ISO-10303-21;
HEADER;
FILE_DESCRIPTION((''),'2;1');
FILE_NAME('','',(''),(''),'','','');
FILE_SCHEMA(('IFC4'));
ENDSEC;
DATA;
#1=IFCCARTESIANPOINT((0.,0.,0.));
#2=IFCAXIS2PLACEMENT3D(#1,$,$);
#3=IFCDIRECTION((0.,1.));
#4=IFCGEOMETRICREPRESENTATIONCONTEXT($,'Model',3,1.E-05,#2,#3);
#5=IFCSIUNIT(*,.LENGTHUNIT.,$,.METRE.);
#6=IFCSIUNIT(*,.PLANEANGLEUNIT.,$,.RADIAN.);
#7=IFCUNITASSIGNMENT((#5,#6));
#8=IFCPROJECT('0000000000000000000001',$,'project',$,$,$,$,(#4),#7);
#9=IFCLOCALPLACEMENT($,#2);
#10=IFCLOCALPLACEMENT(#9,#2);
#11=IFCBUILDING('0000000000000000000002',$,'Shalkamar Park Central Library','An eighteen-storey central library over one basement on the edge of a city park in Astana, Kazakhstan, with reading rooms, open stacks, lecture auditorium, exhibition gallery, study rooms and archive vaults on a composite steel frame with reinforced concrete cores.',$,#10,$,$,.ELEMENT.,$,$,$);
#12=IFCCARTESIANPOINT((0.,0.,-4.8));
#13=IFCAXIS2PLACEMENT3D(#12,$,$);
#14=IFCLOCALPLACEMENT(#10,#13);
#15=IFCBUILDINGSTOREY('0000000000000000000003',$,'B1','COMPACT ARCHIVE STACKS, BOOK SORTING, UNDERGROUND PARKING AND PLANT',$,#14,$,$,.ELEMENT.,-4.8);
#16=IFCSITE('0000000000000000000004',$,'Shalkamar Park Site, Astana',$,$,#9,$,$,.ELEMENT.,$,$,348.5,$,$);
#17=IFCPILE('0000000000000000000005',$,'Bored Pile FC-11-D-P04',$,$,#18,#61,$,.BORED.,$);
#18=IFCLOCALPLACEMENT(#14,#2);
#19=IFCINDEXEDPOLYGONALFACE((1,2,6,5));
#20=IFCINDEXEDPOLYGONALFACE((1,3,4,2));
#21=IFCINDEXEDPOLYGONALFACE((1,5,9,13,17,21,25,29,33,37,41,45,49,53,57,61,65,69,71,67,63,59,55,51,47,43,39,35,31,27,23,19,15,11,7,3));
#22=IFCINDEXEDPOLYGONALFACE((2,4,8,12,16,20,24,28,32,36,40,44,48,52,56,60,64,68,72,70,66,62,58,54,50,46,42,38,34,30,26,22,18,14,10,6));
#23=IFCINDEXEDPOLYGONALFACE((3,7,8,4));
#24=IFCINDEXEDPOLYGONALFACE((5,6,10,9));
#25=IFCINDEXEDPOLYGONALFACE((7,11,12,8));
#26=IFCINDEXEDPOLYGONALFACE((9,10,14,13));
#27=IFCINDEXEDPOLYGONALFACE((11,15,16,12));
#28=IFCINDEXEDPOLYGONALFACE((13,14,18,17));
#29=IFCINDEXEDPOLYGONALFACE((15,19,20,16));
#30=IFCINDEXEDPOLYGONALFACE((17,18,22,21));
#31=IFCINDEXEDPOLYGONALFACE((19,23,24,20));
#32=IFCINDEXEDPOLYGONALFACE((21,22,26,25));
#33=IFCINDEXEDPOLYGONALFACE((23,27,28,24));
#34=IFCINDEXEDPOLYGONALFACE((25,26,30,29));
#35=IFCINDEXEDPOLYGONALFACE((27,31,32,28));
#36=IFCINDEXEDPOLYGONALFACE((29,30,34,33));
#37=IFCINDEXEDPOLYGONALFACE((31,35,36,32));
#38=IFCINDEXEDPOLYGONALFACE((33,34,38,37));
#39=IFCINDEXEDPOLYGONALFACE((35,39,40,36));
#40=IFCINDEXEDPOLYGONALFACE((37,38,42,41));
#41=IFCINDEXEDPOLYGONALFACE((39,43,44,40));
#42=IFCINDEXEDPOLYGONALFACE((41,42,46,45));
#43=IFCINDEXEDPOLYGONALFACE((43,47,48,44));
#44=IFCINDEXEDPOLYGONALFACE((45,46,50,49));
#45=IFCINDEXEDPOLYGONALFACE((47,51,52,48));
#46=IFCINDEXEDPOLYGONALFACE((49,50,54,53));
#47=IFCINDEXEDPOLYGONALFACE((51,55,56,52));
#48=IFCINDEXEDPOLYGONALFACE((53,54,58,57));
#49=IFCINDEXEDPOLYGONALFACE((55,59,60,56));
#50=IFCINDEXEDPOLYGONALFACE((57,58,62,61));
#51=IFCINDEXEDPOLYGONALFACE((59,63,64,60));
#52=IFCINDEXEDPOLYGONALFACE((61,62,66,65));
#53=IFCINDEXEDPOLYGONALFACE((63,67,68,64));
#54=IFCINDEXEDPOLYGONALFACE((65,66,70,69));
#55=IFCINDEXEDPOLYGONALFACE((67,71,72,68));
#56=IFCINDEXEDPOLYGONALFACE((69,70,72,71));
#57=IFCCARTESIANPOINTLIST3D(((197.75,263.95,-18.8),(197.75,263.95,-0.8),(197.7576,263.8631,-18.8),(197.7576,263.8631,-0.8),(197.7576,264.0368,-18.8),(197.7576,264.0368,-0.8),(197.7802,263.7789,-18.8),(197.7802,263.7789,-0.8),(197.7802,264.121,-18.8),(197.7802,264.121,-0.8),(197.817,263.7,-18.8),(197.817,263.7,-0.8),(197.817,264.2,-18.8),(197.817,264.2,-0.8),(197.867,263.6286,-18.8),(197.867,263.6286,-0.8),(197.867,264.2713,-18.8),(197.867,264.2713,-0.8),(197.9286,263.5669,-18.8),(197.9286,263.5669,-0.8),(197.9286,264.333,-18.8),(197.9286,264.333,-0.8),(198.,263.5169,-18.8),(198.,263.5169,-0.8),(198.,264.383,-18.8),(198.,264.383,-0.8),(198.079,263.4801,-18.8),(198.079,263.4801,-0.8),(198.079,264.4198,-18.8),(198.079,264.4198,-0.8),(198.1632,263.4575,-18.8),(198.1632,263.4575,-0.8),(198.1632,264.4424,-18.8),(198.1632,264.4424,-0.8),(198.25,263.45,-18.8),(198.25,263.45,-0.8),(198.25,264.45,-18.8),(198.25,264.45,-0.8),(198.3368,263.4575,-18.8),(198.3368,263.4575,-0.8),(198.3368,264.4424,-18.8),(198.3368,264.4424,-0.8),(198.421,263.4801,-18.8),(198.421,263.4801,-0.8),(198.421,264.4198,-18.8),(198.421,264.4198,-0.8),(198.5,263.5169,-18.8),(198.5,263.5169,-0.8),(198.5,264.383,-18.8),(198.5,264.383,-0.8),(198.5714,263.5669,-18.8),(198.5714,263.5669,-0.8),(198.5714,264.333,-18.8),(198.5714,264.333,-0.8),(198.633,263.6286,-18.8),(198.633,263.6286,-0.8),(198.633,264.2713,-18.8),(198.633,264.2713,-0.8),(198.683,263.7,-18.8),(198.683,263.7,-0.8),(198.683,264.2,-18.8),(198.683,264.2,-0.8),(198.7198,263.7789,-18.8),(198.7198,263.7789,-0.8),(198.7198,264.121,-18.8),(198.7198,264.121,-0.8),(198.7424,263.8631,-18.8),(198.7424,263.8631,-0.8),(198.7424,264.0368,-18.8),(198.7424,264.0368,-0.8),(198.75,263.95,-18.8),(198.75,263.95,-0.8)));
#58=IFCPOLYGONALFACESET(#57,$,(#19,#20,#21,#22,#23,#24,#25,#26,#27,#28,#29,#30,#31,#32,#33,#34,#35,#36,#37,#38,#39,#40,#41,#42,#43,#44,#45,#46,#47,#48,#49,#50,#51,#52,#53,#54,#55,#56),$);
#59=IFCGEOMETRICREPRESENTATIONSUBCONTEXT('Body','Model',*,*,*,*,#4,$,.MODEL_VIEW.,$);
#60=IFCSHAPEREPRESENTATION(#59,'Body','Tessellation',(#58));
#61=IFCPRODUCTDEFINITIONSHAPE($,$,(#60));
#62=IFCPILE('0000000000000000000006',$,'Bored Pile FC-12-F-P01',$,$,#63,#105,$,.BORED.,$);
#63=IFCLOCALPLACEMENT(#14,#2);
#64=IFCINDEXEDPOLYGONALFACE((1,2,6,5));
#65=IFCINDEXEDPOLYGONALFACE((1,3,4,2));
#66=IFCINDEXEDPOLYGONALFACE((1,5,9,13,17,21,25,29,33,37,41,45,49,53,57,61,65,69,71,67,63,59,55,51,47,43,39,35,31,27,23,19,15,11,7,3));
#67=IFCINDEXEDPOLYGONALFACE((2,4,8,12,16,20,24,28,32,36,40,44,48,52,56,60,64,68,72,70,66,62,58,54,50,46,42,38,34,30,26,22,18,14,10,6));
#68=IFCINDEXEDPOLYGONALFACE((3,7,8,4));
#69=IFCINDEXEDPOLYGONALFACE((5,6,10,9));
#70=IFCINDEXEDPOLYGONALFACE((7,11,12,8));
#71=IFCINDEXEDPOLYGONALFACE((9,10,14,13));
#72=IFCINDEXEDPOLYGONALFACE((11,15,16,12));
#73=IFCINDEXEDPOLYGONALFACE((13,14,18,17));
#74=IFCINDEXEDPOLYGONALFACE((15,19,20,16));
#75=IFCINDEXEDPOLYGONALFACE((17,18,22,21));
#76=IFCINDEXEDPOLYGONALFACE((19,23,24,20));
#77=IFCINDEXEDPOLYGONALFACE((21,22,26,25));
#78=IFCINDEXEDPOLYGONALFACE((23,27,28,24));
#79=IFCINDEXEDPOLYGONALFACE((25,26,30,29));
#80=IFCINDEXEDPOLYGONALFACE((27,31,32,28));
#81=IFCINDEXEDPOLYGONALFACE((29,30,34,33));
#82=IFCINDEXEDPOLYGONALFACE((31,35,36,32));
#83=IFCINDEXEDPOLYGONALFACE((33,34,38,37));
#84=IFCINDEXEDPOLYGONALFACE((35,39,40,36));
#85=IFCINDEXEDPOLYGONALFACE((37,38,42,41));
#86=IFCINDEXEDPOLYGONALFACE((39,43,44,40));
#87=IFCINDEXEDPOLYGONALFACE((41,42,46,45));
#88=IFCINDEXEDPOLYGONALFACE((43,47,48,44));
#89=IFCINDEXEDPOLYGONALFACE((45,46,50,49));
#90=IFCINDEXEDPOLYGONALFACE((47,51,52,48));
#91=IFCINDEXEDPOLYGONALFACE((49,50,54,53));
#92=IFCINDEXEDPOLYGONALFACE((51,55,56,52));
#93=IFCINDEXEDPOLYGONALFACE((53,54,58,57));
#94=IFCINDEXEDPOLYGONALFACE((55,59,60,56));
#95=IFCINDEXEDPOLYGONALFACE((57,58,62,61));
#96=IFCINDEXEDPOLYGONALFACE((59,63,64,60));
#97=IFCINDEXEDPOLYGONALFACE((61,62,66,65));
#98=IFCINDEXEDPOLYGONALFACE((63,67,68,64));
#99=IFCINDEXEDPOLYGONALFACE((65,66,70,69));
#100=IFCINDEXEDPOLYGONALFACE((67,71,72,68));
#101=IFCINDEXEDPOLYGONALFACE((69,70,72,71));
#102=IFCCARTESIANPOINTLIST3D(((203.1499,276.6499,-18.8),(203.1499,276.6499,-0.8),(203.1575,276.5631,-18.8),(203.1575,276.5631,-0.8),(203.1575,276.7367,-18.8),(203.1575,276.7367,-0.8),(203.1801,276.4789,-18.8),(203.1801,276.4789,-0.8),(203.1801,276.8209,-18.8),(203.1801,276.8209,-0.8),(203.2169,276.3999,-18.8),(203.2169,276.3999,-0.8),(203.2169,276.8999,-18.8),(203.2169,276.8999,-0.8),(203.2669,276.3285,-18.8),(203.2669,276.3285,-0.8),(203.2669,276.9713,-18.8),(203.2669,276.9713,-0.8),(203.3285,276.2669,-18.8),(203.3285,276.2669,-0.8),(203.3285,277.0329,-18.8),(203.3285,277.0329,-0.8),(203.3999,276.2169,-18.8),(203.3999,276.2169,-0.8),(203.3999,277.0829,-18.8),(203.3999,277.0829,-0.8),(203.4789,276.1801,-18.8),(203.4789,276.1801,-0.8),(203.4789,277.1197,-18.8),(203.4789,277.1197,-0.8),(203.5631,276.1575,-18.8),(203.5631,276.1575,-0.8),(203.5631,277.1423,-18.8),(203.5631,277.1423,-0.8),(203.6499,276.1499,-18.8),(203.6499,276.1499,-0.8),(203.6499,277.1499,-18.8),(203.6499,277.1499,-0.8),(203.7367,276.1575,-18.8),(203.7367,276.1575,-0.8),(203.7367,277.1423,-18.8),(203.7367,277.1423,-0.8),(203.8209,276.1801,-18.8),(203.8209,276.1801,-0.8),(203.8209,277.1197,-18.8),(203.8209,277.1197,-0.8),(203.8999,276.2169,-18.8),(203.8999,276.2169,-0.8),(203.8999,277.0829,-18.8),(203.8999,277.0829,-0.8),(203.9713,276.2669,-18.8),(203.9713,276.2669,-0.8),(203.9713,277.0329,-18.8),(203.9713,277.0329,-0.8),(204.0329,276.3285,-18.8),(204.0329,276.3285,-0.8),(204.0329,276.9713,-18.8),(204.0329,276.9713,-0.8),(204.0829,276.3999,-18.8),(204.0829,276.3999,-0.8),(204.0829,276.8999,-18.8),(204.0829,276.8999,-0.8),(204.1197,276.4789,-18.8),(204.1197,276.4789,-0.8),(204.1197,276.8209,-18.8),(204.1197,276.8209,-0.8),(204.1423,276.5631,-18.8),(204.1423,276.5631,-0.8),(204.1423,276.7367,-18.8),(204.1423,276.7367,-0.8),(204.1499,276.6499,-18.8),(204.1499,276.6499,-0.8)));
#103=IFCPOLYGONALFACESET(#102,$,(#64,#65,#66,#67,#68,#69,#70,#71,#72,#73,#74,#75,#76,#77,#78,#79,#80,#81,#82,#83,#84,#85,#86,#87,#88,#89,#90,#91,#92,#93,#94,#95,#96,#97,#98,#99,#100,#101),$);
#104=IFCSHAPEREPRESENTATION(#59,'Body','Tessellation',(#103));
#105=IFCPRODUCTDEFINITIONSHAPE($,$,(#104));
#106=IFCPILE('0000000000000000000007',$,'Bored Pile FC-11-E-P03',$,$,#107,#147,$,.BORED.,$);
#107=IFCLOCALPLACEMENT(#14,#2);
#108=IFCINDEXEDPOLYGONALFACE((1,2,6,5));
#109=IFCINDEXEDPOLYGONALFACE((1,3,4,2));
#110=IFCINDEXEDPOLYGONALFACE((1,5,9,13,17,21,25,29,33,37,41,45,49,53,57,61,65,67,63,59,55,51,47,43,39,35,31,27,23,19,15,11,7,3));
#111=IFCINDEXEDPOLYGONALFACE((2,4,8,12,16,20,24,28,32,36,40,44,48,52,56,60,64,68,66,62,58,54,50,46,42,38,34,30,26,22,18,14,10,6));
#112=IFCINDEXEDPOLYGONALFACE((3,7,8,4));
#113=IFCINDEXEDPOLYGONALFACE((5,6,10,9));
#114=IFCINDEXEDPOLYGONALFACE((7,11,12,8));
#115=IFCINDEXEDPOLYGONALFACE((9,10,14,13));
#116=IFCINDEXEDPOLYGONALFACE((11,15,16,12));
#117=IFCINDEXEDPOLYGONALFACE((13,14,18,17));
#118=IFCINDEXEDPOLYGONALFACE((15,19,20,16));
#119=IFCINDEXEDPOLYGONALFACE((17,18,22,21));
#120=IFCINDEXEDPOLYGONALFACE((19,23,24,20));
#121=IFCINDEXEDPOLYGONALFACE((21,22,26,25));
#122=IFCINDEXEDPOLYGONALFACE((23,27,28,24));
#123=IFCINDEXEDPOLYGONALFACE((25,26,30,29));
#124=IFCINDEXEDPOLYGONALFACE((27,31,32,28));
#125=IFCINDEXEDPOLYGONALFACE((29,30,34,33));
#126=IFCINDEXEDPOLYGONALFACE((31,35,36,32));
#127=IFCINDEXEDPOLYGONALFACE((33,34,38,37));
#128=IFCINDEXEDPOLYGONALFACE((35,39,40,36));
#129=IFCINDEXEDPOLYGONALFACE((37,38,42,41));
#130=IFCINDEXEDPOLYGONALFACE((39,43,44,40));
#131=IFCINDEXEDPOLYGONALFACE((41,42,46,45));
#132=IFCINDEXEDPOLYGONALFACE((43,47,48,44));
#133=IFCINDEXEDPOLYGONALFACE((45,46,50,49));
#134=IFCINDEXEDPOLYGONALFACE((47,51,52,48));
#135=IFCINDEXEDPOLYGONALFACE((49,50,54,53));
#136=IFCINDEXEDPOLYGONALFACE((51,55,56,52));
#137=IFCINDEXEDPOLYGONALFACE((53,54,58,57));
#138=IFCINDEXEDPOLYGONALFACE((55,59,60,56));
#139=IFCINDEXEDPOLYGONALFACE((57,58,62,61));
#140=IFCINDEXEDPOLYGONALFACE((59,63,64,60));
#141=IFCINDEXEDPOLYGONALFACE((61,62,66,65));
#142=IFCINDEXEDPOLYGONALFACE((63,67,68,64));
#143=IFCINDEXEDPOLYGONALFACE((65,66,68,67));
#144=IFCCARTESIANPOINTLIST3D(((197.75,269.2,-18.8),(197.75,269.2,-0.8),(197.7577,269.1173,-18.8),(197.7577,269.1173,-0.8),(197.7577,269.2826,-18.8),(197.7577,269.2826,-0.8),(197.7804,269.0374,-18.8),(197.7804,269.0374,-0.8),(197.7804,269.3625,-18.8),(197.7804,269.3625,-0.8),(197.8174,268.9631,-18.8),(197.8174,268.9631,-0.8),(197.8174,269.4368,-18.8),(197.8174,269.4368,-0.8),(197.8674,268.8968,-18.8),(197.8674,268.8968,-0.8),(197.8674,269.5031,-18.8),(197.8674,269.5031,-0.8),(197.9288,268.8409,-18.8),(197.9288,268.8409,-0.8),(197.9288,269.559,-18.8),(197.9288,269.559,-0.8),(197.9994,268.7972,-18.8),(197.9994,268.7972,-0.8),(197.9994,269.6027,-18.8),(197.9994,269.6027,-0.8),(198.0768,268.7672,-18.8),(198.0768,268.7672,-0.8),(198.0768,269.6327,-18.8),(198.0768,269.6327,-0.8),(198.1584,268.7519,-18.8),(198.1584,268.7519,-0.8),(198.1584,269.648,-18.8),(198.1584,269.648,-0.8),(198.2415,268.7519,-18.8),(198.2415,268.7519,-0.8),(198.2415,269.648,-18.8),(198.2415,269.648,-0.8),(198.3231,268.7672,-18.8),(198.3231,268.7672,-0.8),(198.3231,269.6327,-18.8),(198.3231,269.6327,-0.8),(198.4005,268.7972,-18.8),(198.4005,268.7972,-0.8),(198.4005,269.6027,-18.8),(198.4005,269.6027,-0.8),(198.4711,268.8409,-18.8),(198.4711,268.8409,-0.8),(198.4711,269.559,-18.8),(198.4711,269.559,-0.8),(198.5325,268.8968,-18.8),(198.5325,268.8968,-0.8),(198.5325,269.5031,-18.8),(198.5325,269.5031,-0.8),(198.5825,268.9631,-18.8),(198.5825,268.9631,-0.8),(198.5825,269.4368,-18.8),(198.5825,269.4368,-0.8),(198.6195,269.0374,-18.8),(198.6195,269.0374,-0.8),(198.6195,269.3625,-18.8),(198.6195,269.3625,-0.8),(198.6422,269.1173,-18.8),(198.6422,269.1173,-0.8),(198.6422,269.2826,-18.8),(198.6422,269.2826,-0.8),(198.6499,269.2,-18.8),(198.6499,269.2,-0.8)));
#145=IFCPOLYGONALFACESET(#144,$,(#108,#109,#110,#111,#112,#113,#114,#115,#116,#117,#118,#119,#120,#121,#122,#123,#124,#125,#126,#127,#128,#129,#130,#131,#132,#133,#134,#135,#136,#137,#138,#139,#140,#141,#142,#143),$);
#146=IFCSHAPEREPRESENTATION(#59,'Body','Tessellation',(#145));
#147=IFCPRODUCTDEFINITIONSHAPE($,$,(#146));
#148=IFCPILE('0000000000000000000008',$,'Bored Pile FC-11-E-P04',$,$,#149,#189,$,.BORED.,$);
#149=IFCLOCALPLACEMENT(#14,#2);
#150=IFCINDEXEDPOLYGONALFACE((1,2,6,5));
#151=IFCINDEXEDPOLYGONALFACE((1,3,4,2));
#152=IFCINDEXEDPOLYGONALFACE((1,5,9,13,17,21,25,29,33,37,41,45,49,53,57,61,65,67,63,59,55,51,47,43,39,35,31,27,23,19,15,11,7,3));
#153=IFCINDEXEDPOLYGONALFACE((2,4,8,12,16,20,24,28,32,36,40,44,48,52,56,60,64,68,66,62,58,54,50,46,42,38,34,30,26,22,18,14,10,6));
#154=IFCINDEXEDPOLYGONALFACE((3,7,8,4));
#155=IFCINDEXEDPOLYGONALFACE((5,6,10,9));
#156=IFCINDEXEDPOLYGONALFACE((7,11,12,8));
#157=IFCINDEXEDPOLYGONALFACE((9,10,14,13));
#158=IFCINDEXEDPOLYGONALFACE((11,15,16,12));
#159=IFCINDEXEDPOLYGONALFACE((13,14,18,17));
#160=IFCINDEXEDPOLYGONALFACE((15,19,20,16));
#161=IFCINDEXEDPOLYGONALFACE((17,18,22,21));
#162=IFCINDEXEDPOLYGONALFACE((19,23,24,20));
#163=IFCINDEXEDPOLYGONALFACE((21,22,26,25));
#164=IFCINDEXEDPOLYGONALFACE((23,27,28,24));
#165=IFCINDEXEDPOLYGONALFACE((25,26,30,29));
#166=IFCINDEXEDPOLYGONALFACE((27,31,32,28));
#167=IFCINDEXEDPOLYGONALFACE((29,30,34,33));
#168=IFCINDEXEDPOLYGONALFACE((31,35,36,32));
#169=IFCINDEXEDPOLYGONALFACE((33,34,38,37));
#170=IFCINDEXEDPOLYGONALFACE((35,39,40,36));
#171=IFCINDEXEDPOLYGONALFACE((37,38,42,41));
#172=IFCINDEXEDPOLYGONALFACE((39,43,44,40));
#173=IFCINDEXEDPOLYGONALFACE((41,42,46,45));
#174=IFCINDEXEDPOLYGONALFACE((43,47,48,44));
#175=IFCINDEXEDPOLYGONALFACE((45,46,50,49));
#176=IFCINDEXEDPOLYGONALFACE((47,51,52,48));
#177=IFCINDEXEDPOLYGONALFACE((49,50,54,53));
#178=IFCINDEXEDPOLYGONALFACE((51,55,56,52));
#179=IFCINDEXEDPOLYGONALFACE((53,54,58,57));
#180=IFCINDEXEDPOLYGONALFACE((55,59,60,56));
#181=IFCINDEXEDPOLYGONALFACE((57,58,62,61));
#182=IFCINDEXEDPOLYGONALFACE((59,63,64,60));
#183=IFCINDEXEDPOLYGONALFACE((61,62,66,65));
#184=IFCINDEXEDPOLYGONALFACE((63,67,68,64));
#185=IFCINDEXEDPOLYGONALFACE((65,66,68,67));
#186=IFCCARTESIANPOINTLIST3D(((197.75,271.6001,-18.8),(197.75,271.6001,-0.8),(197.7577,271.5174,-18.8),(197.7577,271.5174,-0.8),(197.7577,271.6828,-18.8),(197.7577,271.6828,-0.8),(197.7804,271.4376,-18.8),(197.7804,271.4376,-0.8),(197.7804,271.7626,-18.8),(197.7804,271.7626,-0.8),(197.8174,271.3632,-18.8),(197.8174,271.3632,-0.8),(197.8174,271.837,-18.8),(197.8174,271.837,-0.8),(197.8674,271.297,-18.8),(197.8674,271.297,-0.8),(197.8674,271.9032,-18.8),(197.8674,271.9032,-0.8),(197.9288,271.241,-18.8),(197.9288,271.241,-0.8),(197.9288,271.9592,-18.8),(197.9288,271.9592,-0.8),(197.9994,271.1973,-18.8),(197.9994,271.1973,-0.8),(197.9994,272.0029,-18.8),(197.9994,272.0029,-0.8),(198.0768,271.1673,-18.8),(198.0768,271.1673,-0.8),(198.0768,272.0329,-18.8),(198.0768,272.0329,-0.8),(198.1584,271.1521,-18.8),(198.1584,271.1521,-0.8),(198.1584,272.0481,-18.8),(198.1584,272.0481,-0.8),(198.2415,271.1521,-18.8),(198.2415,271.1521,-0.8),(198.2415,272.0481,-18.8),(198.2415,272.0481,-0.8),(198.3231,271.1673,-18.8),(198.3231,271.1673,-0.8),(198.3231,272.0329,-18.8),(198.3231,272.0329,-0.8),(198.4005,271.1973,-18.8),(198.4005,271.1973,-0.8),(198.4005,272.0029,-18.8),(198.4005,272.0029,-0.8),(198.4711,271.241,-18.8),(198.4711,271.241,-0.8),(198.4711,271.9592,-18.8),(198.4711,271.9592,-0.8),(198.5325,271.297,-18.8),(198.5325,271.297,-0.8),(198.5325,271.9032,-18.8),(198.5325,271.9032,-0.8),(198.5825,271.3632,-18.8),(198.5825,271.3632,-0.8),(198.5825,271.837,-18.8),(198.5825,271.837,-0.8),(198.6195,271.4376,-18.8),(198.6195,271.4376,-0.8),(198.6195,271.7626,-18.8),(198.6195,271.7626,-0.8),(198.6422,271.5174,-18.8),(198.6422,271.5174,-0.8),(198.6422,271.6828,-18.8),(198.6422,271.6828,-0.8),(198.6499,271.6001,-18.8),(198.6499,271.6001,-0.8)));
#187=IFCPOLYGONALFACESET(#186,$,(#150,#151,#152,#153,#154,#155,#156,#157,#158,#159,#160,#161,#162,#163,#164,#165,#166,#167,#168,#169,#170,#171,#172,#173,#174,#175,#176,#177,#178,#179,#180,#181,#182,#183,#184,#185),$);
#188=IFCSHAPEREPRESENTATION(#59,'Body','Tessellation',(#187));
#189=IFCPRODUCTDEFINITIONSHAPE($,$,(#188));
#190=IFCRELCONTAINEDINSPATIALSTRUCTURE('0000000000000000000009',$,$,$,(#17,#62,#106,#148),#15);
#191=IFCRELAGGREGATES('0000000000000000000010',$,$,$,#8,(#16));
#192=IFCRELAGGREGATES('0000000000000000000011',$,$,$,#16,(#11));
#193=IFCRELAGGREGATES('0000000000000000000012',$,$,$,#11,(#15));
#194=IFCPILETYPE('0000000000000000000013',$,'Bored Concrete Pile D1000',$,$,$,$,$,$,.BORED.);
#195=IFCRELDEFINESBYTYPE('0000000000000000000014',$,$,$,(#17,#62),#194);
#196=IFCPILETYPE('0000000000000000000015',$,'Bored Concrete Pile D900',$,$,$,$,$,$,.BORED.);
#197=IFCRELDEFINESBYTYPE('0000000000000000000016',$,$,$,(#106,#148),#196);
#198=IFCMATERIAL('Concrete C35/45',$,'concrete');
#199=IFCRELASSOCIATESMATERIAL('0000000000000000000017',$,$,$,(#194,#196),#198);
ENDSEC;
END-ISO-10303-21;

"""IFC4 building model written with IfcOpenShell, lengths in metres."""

from ifc_helpers import new_model, si_unit, direction, frame, origin, origin_2d, place, context, subcontext, project, spatial, circle, extrude, material, material_profile, profile_set, type_object, element, save


model = new_model("IFC4")

# Units and contexts
model_context = context("Model", 3, precision=1e-05, world=origin(), true_north=direction((0.0, 1.0)))
body_context = subcontext(model_context, "Body", "Model", "MODEL_VIEW")
ifc_project = project(units=[si_unit("LENGTHUNIT", "METRE"), si_unit("PLANEANGLEUNIT", "RADIAN")], contexts=[model_context])

# Site, building, storey
site_placement = place(None, origin())
site = spatial("IfcSite", under=ifc_project, at=site_placement, Name="Shalkamar Park Site, Astana", CompositionType="ELEMENT", RefElevation=348.5)
building_placement = place(site_placement, origin())
building = spatial("IfcBuilding", under=site, at=building_placement, Name="Shalkamar Park Central Library", Description="An eighteen-storey central library over one basement on the edge of a city park in Astana, Kazakhstan, with reading rooms, open stacks, lecture auditorium, exhibition gallery, study rooms and archive vaults on a composite steel frame with reinforced concrete cores.", CompositionType="ELEMENT")
storey_placement = place(building_placement, frame((0.0, 0.0, -4.8)))
storey = spatial("IfcBuildingStorey", under=building, at=storey_placement, Name="B1", Description="COMPACT ARCHIVE STACKS, BOOK SORTING, UNDERGROUND PARKING AND PLANT", CompositionType="ELEMENT", Elevation=-4.8)

# Piles
ifc_material_1 = material(Name="Concrete C35/45", Category="concrete")
ifc_material_profile_1 = material_profile(ifc_material_1, circle(Radius=0.5, at=origin_2d()), Name="PILE D1000")
ifc_profile_set_1 = profile_set([ifc_material_profile_1], Name="Concrete C35/45")
pile_type_1 = type_object("IfcPileType", Name="Bored Concrete Pile D1000", PredefinedType="BORED", material=ifc_profile_set_1)
for number, where, z_axis, x_axis, name in (
    (1, (198.25, 263.95, -0.8), (0.0, 0.0, -1.0), (1.0, 0.0, 0.0), "Bored Pile FC-11-D-P04"),
    (2, (203.6499, 276.6499, -0.8), (0.0, 0.0, -1.0), (1.0, 0.0, 0.0), "Bored Pile FC-12-F-P01"),
):
    element("IfcPile", number, at=place(storey_placement, frame(where, z_axis=z_axis, x_axis=x_axis)), inside=storey, type_object=pile_type_1, Name=name, PredefinedType="BORED", context=body_context, shape_type="SweptSolid", body=[
        extrude(circle(Radius=0.5, at=origin_2d()), origin(), (0.0, 0.0, 1.0), 18.0),
    ])
ifc_material_profile_2 = material_profile(ifc_material_1, circle(Radius=0.45, at=origin_2d()), Name="PILE D900")
ifc_profile_set_2 = profile_set([ifc_material_profile_2], Name="Concrete C35/45")
pile_type_2 = type_object("IfcPileType", Name="Bored Concrete Pile D900", PredefinedType="BORED", material=ifc_profile_set_2)
for number, where, z_axis, x_axis, name in (
    (3, (198.2, 269.2, -0.8), (0.0, 0.0, -1.0), (1.0, 0.0, 0.0), "Bored Pile FC-11-E-P03"),
    (4, (198.2, 271.6001, -0.8), (0.0, 0.0, -1.0), (1.0, 0.0, 0.0), "Bored Pile FC-11-E-P04"),
):
    element("IfcPile", number, at=place(storey_placement, frame(where, z_axis=z_axis, x_axis=x_axis)), inside=storey, type_object=pile_type_2, Name=name, PredefinedType="BORED", context=body_context, shape_type="SweptSolid", body=[
        extrude(circle(Radius=0.45, at=origin_2d()), origin(), (0.0, 0.0, 1.0), 18.0),
    ])

save(model, "model.ifc")
